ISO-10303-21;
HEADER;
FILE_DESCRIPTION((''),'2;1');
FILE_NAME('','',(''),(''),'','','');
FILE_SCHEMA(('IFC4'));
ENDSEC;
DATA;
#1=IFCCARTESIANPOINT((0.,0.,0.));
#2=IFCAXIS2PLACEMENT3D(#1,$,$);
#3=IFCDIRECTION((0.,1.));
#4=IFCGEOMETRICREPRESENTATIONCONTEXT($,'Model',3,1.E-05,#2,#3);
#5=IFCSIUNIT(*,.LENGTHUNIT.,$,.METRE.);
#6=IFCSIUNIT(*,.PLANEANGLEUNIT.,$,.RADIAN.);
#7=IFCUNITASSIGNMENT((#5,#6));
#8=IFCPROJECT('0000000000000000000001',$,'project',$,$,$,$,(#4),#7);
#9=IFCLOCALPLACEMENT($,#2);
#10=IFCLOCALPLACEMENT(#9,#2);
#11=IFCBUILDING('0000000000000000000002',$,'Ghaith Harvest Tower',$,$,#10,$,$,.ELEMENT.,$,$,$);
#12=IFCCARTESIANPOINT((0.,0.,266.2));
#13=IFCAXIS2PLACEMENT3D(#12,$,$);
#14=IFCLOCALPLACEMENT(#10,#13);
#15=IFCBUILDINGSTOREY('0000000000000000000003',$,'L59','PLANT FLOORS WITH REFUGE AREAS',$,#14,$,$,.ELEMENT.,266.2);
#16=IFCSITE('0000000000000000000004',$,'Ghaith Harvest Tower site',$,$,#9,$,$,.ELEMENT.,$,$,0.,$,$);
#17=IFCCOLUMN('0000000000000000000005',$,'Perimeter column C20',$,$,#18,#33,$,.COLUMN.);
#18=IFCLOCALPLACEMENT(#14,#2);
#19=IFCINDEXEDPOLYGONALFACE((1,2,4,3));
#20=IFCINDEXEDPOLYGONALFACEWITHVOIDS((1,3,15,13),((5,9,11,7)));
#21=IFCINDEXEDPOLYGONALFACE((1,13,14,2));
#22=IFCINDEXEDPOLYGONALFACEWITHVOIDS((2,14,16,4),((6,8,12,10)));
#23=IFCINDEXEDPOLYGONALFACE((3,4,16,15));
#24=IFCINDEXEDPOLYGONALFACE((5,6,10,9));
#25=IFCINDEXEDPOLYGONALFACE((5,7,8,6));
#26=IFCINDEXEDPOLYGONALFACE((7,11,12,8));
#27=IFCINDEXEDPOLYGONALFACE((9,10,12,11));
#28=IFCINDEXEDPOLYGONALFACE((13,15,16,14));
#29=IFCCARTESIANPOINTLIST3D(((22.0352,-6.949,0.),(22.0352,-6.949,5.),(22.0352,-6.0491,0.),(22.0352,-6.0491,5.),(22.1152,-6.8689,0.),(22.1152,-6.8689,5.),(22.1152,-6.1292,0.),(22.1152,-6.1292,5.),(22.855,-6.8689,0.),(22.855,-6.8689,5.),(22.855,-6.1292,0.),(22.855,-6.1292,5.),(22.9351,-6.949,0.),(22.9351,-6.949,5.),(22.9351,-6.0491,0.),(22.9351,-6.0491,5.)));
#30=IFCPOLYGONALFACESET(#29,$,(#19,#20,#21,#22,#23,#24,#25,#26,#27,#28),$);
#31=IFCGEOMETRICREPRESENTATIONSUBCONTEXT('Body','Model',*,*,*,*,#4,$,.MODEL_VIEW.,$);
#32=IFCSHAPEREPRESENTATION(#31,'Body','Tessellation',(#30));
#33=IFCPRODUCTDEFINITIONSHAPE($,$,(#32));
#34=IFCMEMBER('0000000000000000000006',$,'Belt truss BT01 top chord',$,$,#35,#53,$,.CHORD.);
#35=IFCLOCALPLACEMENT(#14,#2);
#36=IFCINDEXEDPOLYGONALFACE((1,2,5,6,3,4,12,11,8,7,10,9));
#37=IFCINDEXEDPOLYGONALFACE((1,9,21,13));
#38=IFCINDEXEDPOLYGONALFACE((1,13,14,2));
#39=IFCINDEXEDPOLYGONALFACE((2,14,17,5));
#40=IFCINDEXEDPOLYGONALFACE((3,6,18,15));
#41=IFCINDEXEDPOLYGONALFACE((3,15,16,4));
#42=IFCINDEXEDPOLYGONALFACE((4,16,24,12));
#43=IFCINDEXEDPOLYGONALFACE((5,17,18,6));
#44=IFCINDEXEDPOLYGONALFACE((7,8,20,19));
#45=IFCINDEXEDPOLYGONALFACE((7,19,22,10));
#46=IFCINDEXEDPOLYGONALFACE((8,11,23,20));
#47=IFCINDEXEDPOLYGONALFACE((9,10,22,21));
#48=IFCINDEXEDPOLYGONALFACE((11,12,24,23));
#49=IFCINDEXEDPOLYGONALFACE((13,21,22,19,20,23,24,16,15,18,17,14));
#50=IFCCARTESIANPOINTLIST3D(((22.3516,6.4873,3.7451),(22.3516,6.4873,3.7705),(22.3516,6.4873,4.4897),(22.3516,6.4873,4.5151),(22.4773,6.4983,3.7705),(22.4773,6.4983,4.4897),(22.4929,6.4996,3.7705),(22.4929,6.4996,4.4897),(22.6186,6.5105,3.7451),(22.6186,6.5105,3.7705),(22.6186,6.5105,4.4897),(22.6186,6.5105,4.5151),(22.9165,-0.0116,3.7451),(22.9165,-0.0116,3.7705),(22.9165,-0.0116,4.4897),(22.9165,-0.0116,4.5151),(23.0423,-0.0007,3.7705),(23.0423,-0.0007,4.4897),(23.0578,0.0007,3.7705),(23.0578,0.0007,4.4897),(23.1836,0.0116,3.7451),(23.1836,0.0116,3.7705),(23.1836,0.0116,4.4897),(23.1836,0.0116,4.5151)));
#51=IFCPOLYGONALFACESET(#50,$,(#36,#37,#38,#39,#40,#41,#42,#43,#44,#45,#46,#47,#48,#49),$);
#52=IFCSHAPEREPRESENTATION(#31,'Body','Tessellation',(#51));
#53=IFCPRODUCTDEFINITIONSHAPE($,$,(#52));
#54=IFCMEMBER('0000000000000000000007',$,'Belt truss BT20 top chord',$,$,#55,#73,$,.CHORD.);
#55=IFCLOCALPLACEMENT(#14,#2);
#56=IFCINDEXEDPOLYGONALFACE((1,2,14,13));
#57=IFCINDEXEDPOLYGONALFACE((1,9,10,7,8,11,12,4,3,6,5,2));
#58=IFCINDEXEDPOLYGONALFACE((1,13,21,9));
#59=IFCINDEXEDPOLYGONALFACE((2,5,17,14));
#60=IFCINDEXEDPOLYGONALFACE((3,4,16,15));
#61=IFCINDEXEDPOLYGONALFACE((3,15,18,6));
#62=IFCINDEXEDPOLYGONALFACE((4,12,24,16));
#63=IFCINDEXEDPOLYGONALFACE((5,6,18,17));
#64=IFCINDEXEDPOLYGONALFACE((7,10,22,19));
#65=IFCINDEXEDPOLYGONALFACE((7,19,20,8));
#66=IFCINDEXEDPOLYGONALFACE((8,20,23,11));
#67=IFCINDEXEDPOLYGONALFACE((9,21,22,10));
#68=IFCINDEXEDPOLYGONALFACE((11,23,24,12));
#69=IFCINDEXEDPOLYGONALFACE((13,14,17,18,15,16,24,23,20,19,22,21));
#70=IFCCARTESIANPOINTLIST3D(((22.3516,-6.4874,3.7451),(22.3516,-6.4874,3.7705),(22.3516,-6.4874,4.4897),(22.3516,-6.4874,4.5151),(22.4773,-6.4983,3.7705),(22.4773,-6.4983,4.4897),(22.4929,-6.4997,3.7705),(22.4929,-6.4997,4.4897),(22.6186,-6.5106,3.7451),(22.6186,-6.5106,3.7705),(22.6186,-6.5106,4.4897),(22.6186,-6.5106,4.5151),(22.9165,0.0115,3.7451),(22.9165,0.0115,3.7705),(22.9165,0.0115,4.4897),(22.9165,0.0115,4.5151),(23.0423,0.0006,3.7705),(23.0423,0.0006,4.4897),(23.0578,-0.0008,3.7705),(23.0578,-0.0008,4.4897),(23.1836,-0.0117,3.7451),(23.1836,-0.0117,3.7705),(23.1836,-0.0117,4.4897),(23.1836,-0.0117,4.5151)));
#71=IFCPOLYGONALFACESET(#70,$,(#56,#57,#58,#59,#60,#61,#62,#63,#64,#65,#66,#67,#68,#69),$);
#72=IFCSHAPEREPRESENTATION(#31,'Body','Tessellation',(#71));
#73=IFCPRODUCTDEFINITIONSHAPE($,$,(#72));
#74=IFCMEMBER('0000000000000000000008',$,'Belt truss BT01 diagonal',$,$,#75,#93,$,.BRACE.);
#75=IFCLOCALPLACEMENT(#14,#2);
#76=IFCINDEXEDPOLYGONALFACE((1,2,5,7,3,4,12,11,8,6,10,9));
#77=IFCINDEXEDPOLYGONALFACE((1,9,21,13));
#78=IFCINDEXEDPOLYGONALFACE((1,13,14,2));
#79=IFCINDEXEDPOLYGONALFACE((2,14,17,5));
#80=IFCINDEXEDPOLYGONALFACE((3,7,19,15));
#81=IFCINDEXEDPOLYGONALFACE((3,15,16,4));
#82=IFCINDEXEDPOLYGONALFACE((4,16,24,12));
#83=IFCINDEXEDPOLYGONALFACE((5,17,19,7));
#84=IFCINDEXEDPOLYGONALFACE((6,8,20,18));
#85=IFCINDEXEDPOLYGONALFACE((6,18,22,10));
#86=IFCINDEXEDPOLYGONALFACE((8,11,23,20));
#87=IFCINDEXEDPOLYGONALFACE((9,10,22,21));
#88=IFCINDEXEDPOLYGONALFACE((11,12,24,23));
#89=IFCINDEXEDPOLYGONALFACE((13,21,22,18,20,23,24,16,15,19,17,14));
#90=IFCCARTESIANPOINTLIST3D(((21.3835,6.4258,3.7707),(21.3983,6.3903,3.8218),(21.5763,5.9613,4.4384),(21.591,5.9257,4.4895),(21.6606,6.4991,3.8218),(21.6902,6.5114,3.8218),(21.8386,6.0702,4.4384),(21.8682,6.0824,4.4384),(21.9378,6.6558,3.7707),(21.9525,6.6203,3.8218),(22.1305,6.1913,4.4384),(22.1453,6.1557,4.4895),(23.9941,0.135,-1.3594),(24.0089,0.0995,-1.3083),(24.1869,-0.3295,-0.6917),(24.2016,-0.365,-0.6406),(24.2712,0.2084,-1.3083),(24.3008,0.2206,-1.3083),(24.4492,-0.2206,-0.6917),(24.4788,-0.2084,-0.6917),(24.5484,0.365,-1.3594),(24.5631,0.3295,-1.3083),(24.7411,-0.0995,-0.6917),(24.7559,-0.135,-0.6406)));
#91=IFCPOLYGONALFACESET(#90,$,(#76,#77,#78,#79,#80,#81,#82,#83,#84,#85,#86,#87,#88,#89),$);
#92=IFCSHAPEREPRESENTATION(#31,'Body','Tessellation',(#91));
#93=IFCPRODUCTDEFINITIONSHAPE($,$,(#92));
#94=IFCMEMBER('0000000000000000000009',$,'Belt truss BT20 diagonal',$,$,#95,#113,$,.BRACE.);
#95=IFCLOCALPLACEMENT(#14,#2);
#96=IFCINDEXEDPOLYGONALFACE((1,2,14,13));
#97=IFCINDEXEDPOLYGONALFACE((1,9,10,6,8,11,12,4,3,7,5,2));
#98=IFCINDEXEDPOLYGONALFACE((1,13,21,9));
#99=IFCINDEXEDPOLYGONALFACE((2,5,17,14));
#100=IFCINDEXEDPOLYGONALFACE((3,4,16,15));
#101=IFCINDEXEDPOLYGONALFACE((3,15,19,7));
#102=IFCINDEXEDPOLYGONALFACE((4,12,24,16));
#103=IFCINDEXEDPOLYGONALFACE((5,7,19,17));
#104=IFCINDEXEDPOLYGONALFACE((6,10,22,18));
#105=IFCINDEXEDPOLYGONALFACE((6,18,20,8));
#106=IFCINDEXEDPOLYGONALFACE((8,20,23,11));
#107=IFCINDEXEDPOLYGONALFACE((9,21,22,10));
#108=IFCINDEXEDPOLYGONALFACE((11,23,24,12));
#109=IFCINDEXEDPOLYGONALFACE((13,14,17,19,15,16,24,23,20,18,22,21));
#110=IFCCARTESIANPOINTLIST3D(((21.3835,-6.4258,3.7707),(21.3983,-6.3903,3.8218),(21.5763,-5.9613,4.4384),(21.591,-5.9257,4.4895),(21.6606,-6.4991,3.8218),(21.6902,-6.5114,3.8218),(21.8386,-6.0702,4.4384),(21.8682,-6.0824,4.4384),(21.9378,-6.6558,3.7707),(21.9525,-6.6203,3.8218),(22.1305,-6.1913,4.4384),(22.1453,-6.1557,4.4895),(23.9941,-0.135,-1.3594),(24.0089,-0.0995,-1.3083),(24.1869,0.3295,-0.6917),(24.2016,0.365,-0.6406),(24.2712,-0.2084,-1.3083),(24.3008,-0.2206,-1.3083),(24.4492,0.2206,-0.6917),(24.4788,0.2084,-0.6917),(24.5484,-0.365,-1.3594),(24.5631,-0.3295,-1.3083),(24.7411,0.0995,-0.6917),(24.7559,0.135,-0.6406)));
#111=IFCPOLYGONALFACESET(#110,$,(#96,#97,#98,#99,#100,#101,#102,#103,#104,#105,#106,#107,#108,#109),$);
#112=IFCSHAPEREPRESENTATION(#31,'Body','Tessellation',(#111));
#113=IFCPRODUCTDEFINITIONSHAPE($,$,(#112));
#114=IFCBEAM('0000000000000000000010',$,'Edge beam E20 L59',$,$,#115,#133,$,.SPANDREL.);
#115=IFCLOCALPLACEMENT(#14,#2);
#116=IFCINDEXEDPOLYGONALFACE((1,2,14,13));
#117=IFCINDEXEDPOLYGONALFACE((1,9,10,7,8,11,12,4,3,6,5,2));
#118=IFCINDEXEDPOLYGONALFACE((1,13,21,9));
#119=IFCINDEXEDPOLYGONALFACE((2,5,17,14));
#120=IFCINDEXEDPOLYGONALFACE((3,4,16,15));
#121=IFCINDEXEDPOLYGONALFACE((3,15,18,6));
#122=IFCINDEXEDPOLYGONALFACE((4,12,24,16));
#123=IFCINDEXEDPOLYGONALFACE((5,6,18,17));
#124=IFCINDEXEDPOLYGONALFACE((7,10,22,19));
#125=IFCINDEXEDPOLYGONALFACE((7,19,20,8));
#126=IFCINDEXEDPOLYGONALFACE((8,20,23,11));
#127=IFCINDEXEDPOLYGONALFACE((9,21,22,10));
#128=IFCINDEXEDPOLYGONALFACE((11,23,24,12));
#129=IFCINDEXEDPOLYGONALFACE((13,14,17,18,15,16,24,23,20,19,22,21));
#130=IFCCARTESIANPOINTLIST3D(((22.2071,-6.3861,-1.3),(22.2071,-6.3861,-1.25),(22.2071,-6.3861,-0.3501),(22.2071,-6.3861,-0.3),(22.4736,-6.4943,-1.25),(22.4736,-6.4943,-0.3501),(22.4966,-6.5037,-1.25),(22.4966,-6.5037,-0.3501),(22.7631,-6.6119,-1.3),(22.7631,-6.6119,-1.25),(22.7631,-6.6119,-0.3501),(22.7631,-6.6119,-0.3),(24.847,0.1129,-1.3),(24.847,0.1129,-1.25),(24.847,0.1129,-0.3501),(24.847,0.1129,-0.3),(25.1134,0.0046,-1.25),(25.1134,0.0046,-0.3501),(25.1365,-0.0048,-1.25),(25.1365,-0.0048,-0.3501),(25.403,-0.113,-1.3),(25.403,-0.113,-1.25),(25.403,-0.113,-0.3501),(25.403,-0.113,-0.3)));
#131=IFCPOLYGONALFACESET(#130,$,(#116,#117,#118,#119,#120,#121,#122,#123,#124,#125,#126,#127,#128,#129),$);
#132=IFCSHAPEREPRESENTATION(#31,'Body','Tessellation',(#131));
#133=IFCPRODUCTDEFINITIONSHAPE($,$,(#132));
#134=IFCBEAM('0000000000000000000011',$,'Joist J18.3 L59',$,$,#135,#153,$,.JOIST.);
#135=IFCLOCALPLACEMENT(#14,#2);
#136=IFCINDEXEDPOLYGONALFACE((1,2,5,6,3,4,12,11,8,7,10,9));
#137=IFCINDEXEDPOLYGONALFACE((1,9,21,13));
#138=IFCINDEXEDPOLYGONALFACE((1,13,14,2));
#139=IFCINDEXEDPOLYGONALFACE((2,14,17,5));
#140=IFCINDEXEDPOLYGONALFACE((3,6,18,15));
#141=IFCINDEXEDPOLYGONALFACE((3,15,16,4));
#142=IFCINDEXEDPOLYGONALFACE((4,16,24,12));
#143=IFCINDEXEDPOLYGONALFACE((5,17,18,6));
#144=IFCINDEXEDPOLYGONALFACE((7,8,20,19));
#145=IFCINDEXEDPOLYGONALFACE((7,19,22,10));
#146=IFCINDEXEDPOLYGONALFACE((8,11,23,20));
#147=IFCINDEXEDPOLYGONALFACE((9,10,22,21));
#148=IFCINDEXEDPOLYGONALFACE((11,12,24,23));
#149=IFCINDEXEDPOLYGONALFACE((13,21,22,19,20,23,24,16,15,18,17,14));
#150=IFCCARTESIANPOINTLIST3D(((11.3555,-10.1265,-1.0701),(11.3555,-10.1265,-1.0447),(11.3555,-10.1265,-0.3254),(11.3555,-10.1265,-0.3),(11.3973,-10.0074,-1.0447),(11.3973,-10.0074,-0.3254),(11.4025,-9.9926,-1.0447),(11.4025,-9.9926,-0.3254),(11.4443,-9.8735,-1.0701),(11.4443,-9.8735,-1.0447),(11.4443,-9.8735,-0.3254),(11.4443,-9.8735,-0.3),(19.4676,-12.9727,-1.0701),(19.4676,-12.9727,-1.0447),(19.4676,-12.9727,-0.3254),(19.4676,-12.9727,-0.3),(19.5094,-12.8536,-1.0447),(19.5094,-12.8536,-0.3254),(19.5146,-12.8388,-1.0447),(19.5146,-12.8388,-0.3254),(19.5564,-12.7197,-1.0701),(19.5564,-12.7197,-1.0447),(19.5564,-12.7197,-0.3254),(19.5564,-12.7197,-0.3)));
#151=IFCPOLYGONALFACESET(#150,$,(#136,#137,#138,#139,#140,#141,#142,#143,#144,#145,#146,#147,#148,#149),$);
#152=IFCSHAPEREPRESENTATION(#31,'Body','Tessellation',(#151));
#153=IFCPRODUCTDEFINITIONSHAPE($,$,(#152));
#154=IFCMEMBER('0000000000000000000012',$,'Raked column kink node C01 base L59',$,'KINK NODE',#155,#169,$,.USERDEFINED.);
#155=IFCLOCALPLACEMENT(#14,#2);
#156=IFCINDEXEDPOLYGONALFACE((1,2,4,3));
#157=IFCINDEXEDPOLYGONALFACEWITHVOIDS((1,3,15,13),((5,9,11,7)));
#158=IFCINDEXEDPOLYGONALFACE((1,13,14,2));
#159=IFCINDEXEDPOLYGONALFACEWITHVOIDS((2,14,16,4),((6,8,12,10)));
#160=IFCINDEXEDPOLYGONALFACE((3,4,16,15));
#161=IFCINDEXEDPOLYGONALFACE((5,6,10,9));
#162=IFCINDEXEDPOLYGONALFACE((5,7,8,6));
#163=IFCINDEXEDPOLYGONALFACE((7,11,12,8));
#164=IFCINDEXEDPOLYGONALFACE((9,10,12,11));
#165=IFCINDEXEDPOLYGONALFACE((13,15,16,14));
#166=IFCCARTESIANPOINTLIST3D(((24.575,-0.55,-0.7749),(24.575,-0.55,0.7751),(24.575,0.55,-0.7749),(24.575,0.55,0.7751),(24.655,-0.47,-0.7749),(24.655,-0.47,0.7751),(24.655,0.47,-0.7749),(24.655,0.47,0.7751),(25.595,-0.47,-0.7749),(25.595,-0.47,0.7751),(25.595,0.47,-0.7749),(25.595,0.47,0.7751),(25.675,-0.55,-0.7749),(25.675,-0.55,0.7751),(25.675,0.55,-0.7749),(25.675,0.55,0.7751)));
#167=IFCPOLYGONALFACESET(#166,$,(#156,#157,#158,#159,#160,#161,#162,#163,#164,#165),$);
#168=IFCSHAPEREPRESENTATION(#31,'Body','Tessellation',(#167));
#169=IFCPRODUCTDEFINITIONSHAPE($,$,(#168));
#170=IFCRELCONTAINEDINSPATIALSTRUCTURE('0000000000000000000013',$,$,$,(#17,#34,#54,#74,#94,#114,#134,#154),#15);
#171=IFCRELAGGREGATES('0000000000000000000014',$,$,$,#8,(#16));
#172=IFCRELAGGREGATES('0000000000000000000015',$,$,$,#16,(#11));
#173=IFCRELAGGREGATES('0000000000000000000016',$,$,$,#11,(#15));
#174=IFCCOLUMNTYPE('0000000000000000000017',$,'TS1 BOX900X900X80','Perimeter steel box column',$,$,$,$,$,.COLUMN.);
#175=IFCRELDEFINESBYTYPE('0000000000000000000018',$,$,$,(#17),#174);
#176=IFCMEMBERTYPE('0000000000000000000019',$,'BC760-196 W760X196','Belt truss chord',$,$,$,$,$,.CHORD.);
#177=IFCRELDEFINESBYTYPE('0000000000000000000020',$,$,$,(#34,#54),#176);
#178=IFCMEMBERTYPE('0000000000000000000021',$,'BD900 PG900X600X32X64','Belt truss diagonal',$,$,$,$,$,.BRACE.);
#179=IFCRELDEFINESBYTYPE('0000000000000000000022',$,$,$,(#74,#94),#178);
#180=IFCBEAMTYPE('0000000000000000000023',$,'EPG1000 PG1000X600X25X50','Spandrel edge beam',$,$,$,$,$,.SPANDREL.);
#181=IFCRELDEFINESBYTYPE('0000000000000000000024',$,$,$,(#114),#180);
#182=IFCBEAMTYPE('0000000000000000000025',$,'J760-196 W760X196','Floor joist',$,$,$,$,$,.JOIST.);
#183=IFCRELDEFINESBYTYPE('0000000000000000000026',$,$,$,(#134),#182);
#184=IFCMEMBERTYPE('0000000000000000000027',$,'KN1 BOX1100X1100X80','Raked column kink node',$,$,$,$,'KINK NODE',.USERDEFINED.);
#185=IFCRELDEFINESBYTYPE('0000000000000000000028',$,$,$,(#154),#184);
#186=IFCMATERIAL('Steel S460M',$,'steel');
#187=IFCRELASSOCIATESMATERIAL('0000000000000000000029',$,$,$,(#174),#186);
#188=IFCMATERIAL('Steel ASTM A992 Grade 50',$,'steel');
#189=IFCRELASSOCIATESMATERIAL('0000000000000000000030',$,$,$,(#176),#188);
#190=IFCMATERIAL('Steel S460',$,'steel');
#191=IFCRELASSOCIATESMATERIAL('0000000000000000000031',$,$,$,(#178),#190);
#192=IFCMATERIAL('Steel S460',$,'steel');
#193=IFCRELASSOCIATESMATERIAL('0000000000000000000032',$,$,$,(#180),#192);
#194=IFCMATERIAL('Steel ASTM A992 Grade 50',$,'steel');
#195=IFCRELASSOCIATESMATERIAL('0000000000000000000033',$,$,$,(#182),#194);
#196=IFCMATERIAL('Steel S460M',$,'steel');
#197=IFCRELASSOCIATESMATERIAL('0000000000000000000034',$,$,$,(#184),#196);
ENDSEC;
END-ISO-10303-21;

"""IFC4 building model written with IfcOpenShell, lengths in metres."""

from ifc_helpers import new_model, si_unit, direction, frame, origin, origin_2d, place, context, subcontext, project, spatial, hollow_rectangle, i_section, extrude, material, material_profile, profile_set, type_object, element, save


model = new_model("IFC4")

# Units and contexts
model_context = context("Model", 3, precision=1e-05, world=origin(), true_north=direction((0.0, 1.0)))
body_context = subcontext(model_context, "Body", "Model", "MODEL_VIEW")
ifc_project = project(units=[si_unit("LENGTHUNIT", "METRE"), si_unit("PLANEANGLEUNIT", "RADIAN")], contexts=[model_context])

# Site, building, storey
site_placement = place(None, origin())
site = spatial("IfcSite", under=ifc_project, at=site_placement, Name="Ghaith Harvest Tower site", CompositionType="ELEMENT", RefElevation=0.0)
building_placement = place(site_placement, origin())
building = spatial("IfcBuilding", under=site, at=building_placement, Name="Ghaith Harvest Tower", CompositionType="ELEMENT")
storey_placement = place(building_placement, frame((0.0, 0.0, 266.2)))
storey = spatial("IfcBuildingStorey", under=building, at=storey_placement, Name="L59", Description="PLANT FLOORS WITH REFUGE AREAS", CompositionType="ELEMENT", Elevation=266.2)

# Column
ifc_material_1 = material(Name="Steel S460M", Category="steel")
ifc_material_profile_1 = material_profile(ifc_material_1, hollow_rectangle(XDim=0.8999, YDim=0.8999, WallThickness=0.0801, at=origin_2d()), Name="BOX900X900X80")
ifc_profile_set_1 = profile_set([ifc_material_profile_1], Name="Steel S460M")
column_type = type_object("IfcColumnType", Name="TS1 BOX900X900X80", Description="Perimeter steel box column", PredefinedType="COLUMN", material=ifc_profile_set_1)
column_placement = place(storey_placement, frame((22.4851, -6.499, 0.0), z_axis=(0.0, 0.0, 1.0), x_axis=(1.0, 0.0, 0.0)))
element("IfcColumn", 1, at=column_placement, inside=storey, type_object=column_type, Name="Perimeter column C20", PredefinedType="COLUMN", context=body_context, shape_type="SweptSolid", body=[
    extrude(hollow_rectangle(XDim=0.8999, YDim=0.8999, WallThickness=0.0801, at=origin_2d()), origin(), (0.0, 0.0, 1.0), 5.0),
])

# Members
ifc_material_2 = material(Name="Steel ASTM A992 Grade 50", Category="steel")
ifc_material_profile_2 = material_profile(ifc_material_2, i_section(OverallWidth=0.2681, OverallDepth=0.77, WebThickness=0.0156, FlangeThickness=0.0254, at=origin_2d()), Name="W760X196")
ifc_profile_set_2 = profile_set([ifc_material_profile_2], Name="Steel ASTM A992 Grade 50")
member_type_1 = type_object("IfcMemberType", Name="BC760-196 W760X196", Description="Belt truss chord", PredefinedType="CHORD", material=ifc_profile_set_2)
for number, where, z_axis, x_axis, name in (
    (2, (23.05, 0.0, 4.1301), (-0.086601, 0.996243, 0.0), (-0.996243, -0.086601, 0.0), "Belt truss BT01 top chord"),
    (3, (22.4851, -6.499, 4.1301), (0.086601, 0.996243, 0.0), (-0.996243, 0.086601, 0.0), "Belt truss BT20 top chord"),
):
    element("IfcMember", number, at=place(storey_placement, frame(where, z_axis=z_axis, x_axis=x_axis)), inside=storey, type_object=member_type_1, Name=name, PredefinedType="CHORD", context=body_context, shape_type="SweptSolid", body=[
        extrude(i_section(OverallWidth=0.2681, OverallDepth=0.77, WebThickness=0.0156, FlangeThickness=0.0254, at=origin_2d()), origin(), (0.0, 0.0, 1.0), 6.5234),
    ])
ifc_material_3 = material(Name="Steel S460", Category="steel")
ifc_material_profile_3 = material_profile(ifc_material_3, i_section(OverallWidth=0.6001, OverallDepth=0.8999, WebThickness=0.032, FlangeThickness=0.064, at=origin_2d()), Name="PG900X600X32X64")
ifc_profile_set_3 = profile_set([ifc_material_profile_3], Name="Steel S460")
member_type_2 = type_object("IfcMemberType", Name="BD900 PG900X600X32X64", Description="Belt truss diagonal", PredefinedType="BRACE", material=ifc_profile_set_3)
for number, where, z_axis, x_axis, name in (
    (4, (24.375, 0.0, -1.0), (-0.306162, 0.73776, 0.601644), (-0.923626, -0.383294, 0.0), "Belt truss BT01 diagonal"),
    (5, (21.7644, -6.2908, 4.1301), (0.306162, 0.73776, -0.601644), (-0.923626, 0.383294, 0.0), "Belt truss BT20 diagonal"),
):
    element("IfcMember", number, at=place(storey_placement, frame(where, z_axis=z_axis, x_axis=x_axis)), inside=storey, type_object=member_type_2, Name=name, PredefinedType="BRACE", context=body_context, shape_type="SweptSolid", body=[
        extrude(i_section(OverallWidth=0.6001, OverallDepth=0.8999, WebThickness=0.032, FlangeThickness=0.064, at=origin_2d()), origin(), (0.0, 0.0, 1.0), 8.5269),
    ])

# Beams
ifc_material_4 = material(Name="Steel S460", Category="steel")
ifc_material_profile_4 = material_profile(ifc_material_4, i_section(OverallWidth=0.6001, OverallDepth=1.0, WebThickness=0.0249, FlangeThickness=0.05, at=origin_2d()), Name="PG1000X600X25X50")
ifc_profile_set_4 = profile_set([ifc_material_profile_4], Name="Steel S460")
beam_type_1 = type_object("IfcBeamType", Name="EPG1000 PG1000X600X25X50", Description="Spandrel edge beam", PredefinedType="SPANDREL", material=ifc_profile_set_4)
beam_1_placement = place(storey_placement, frame((22.4851, -6.499, -0.8), z_axis=(0.376336, 0.926483, 0.0), x_axis=(-0.926483, 0.376336, 0.0)))
element("IfcBeam", 6, at=beam_1_placement, inside=storey, type_object=beam_type_1, Name="Edge beam E20 L59", PredefinedType="SPANDREL", context=body_context, shape_type="SweptSolid", body=[
    extrude(i_section(OverallWidth=0.6001, OverallDepth=1.0, WebThickness=0.0249, FlangeThickness=0.05, at=origin_2d()), origin(), (0.0, 0.0, 1.0), 7.0146),
])
ifc_material_5 = material(Name="Steel ASTM A992 Grade 50", Category="steel")
ifc_material_profile_5 = material_profile(ifc_material_5, i_section(OverallWidth=0.2681, OverallDepth=0.77, WebThickness=0.0156, FlangeThickness=0.0254, at=origin_2d()), Name="W760X196")
ifc_profile_set_5 = profile_set([ifc_material_profile_5], Name="Steel ASTM A992 Grade 50")
beam_type_2 = type_object("IfcBeamType", Name="J760-196 W760X196", Description="Floor joist", PredefinedType="JOIST", material=ifc_profile_set_5)
beam_2_placement = place(storey_placement, frame((11.3999, -10.0, -0.6851), z_axis=(0.943605, -0.331073, 0.0), x_axis=(0.331073, 0.943605, 0.0)))
element("IfcBeam", 7, at=beam_2_placement, inside=storey, type_object=beam_type_2, Name="Joist J18.3 L59", PredefinedType="JOIST", context=body_context, shape_type="SweptSolid", body=[
    extrude(i_section(OverallWidth=0.2681, OverallDepth=0.77, WebThickness=0.0156, FlangeThickness=0.0254, at=origin_2d()), origin(), (0.0, 0.0, 1.0), 8.5969),
])

# Member
ifc_material_6 = material(Name="Steel S460M", Category="steel")
ifc_material_profile_6 = material_profile(ifc_material_6, hollow_rectangle(XDim=1.1001, YDim=1.1001, WallThickness=0.0801, at=origin_2d()), Name="BOX1100X1100X80")
ifc_profile_set_6 = profile_set([ifc_material_profile_6], Name="Steel S460M")
member_type_3 = type_object("IfcMemberType", Name="KN1 BOX1100X1100X80", Description="Raked column kink node", ElementType="KINK NODE", PredefinedType="USERDEFINED", material=ifc_profile_set_6)
member_1_placement = place(storey_placement, frame((25.125, 0.0, -0.7749), z_axis=(0.0, 0.0, 1.0), x_axis=(1.0, 0.0, 0.0)))
element("IfcMember", 8, at=member_1_placement, inside=storey, type_object=member_type_3, Name="Raked column kink node C01 base L59", ObjectType="KINK NODE", PredefinedType="USERDEFINED", context=body_context, shape_type="SweptSolid", body=[
    extrude(hollow_rectangle(XDim=1.1001, YDim=1.1001, WallThickness=0.0801, at=origin_2d()), origin(), (0.0, 0.0, 1.0), 1.55),
])

save(model, "model.ifc")
